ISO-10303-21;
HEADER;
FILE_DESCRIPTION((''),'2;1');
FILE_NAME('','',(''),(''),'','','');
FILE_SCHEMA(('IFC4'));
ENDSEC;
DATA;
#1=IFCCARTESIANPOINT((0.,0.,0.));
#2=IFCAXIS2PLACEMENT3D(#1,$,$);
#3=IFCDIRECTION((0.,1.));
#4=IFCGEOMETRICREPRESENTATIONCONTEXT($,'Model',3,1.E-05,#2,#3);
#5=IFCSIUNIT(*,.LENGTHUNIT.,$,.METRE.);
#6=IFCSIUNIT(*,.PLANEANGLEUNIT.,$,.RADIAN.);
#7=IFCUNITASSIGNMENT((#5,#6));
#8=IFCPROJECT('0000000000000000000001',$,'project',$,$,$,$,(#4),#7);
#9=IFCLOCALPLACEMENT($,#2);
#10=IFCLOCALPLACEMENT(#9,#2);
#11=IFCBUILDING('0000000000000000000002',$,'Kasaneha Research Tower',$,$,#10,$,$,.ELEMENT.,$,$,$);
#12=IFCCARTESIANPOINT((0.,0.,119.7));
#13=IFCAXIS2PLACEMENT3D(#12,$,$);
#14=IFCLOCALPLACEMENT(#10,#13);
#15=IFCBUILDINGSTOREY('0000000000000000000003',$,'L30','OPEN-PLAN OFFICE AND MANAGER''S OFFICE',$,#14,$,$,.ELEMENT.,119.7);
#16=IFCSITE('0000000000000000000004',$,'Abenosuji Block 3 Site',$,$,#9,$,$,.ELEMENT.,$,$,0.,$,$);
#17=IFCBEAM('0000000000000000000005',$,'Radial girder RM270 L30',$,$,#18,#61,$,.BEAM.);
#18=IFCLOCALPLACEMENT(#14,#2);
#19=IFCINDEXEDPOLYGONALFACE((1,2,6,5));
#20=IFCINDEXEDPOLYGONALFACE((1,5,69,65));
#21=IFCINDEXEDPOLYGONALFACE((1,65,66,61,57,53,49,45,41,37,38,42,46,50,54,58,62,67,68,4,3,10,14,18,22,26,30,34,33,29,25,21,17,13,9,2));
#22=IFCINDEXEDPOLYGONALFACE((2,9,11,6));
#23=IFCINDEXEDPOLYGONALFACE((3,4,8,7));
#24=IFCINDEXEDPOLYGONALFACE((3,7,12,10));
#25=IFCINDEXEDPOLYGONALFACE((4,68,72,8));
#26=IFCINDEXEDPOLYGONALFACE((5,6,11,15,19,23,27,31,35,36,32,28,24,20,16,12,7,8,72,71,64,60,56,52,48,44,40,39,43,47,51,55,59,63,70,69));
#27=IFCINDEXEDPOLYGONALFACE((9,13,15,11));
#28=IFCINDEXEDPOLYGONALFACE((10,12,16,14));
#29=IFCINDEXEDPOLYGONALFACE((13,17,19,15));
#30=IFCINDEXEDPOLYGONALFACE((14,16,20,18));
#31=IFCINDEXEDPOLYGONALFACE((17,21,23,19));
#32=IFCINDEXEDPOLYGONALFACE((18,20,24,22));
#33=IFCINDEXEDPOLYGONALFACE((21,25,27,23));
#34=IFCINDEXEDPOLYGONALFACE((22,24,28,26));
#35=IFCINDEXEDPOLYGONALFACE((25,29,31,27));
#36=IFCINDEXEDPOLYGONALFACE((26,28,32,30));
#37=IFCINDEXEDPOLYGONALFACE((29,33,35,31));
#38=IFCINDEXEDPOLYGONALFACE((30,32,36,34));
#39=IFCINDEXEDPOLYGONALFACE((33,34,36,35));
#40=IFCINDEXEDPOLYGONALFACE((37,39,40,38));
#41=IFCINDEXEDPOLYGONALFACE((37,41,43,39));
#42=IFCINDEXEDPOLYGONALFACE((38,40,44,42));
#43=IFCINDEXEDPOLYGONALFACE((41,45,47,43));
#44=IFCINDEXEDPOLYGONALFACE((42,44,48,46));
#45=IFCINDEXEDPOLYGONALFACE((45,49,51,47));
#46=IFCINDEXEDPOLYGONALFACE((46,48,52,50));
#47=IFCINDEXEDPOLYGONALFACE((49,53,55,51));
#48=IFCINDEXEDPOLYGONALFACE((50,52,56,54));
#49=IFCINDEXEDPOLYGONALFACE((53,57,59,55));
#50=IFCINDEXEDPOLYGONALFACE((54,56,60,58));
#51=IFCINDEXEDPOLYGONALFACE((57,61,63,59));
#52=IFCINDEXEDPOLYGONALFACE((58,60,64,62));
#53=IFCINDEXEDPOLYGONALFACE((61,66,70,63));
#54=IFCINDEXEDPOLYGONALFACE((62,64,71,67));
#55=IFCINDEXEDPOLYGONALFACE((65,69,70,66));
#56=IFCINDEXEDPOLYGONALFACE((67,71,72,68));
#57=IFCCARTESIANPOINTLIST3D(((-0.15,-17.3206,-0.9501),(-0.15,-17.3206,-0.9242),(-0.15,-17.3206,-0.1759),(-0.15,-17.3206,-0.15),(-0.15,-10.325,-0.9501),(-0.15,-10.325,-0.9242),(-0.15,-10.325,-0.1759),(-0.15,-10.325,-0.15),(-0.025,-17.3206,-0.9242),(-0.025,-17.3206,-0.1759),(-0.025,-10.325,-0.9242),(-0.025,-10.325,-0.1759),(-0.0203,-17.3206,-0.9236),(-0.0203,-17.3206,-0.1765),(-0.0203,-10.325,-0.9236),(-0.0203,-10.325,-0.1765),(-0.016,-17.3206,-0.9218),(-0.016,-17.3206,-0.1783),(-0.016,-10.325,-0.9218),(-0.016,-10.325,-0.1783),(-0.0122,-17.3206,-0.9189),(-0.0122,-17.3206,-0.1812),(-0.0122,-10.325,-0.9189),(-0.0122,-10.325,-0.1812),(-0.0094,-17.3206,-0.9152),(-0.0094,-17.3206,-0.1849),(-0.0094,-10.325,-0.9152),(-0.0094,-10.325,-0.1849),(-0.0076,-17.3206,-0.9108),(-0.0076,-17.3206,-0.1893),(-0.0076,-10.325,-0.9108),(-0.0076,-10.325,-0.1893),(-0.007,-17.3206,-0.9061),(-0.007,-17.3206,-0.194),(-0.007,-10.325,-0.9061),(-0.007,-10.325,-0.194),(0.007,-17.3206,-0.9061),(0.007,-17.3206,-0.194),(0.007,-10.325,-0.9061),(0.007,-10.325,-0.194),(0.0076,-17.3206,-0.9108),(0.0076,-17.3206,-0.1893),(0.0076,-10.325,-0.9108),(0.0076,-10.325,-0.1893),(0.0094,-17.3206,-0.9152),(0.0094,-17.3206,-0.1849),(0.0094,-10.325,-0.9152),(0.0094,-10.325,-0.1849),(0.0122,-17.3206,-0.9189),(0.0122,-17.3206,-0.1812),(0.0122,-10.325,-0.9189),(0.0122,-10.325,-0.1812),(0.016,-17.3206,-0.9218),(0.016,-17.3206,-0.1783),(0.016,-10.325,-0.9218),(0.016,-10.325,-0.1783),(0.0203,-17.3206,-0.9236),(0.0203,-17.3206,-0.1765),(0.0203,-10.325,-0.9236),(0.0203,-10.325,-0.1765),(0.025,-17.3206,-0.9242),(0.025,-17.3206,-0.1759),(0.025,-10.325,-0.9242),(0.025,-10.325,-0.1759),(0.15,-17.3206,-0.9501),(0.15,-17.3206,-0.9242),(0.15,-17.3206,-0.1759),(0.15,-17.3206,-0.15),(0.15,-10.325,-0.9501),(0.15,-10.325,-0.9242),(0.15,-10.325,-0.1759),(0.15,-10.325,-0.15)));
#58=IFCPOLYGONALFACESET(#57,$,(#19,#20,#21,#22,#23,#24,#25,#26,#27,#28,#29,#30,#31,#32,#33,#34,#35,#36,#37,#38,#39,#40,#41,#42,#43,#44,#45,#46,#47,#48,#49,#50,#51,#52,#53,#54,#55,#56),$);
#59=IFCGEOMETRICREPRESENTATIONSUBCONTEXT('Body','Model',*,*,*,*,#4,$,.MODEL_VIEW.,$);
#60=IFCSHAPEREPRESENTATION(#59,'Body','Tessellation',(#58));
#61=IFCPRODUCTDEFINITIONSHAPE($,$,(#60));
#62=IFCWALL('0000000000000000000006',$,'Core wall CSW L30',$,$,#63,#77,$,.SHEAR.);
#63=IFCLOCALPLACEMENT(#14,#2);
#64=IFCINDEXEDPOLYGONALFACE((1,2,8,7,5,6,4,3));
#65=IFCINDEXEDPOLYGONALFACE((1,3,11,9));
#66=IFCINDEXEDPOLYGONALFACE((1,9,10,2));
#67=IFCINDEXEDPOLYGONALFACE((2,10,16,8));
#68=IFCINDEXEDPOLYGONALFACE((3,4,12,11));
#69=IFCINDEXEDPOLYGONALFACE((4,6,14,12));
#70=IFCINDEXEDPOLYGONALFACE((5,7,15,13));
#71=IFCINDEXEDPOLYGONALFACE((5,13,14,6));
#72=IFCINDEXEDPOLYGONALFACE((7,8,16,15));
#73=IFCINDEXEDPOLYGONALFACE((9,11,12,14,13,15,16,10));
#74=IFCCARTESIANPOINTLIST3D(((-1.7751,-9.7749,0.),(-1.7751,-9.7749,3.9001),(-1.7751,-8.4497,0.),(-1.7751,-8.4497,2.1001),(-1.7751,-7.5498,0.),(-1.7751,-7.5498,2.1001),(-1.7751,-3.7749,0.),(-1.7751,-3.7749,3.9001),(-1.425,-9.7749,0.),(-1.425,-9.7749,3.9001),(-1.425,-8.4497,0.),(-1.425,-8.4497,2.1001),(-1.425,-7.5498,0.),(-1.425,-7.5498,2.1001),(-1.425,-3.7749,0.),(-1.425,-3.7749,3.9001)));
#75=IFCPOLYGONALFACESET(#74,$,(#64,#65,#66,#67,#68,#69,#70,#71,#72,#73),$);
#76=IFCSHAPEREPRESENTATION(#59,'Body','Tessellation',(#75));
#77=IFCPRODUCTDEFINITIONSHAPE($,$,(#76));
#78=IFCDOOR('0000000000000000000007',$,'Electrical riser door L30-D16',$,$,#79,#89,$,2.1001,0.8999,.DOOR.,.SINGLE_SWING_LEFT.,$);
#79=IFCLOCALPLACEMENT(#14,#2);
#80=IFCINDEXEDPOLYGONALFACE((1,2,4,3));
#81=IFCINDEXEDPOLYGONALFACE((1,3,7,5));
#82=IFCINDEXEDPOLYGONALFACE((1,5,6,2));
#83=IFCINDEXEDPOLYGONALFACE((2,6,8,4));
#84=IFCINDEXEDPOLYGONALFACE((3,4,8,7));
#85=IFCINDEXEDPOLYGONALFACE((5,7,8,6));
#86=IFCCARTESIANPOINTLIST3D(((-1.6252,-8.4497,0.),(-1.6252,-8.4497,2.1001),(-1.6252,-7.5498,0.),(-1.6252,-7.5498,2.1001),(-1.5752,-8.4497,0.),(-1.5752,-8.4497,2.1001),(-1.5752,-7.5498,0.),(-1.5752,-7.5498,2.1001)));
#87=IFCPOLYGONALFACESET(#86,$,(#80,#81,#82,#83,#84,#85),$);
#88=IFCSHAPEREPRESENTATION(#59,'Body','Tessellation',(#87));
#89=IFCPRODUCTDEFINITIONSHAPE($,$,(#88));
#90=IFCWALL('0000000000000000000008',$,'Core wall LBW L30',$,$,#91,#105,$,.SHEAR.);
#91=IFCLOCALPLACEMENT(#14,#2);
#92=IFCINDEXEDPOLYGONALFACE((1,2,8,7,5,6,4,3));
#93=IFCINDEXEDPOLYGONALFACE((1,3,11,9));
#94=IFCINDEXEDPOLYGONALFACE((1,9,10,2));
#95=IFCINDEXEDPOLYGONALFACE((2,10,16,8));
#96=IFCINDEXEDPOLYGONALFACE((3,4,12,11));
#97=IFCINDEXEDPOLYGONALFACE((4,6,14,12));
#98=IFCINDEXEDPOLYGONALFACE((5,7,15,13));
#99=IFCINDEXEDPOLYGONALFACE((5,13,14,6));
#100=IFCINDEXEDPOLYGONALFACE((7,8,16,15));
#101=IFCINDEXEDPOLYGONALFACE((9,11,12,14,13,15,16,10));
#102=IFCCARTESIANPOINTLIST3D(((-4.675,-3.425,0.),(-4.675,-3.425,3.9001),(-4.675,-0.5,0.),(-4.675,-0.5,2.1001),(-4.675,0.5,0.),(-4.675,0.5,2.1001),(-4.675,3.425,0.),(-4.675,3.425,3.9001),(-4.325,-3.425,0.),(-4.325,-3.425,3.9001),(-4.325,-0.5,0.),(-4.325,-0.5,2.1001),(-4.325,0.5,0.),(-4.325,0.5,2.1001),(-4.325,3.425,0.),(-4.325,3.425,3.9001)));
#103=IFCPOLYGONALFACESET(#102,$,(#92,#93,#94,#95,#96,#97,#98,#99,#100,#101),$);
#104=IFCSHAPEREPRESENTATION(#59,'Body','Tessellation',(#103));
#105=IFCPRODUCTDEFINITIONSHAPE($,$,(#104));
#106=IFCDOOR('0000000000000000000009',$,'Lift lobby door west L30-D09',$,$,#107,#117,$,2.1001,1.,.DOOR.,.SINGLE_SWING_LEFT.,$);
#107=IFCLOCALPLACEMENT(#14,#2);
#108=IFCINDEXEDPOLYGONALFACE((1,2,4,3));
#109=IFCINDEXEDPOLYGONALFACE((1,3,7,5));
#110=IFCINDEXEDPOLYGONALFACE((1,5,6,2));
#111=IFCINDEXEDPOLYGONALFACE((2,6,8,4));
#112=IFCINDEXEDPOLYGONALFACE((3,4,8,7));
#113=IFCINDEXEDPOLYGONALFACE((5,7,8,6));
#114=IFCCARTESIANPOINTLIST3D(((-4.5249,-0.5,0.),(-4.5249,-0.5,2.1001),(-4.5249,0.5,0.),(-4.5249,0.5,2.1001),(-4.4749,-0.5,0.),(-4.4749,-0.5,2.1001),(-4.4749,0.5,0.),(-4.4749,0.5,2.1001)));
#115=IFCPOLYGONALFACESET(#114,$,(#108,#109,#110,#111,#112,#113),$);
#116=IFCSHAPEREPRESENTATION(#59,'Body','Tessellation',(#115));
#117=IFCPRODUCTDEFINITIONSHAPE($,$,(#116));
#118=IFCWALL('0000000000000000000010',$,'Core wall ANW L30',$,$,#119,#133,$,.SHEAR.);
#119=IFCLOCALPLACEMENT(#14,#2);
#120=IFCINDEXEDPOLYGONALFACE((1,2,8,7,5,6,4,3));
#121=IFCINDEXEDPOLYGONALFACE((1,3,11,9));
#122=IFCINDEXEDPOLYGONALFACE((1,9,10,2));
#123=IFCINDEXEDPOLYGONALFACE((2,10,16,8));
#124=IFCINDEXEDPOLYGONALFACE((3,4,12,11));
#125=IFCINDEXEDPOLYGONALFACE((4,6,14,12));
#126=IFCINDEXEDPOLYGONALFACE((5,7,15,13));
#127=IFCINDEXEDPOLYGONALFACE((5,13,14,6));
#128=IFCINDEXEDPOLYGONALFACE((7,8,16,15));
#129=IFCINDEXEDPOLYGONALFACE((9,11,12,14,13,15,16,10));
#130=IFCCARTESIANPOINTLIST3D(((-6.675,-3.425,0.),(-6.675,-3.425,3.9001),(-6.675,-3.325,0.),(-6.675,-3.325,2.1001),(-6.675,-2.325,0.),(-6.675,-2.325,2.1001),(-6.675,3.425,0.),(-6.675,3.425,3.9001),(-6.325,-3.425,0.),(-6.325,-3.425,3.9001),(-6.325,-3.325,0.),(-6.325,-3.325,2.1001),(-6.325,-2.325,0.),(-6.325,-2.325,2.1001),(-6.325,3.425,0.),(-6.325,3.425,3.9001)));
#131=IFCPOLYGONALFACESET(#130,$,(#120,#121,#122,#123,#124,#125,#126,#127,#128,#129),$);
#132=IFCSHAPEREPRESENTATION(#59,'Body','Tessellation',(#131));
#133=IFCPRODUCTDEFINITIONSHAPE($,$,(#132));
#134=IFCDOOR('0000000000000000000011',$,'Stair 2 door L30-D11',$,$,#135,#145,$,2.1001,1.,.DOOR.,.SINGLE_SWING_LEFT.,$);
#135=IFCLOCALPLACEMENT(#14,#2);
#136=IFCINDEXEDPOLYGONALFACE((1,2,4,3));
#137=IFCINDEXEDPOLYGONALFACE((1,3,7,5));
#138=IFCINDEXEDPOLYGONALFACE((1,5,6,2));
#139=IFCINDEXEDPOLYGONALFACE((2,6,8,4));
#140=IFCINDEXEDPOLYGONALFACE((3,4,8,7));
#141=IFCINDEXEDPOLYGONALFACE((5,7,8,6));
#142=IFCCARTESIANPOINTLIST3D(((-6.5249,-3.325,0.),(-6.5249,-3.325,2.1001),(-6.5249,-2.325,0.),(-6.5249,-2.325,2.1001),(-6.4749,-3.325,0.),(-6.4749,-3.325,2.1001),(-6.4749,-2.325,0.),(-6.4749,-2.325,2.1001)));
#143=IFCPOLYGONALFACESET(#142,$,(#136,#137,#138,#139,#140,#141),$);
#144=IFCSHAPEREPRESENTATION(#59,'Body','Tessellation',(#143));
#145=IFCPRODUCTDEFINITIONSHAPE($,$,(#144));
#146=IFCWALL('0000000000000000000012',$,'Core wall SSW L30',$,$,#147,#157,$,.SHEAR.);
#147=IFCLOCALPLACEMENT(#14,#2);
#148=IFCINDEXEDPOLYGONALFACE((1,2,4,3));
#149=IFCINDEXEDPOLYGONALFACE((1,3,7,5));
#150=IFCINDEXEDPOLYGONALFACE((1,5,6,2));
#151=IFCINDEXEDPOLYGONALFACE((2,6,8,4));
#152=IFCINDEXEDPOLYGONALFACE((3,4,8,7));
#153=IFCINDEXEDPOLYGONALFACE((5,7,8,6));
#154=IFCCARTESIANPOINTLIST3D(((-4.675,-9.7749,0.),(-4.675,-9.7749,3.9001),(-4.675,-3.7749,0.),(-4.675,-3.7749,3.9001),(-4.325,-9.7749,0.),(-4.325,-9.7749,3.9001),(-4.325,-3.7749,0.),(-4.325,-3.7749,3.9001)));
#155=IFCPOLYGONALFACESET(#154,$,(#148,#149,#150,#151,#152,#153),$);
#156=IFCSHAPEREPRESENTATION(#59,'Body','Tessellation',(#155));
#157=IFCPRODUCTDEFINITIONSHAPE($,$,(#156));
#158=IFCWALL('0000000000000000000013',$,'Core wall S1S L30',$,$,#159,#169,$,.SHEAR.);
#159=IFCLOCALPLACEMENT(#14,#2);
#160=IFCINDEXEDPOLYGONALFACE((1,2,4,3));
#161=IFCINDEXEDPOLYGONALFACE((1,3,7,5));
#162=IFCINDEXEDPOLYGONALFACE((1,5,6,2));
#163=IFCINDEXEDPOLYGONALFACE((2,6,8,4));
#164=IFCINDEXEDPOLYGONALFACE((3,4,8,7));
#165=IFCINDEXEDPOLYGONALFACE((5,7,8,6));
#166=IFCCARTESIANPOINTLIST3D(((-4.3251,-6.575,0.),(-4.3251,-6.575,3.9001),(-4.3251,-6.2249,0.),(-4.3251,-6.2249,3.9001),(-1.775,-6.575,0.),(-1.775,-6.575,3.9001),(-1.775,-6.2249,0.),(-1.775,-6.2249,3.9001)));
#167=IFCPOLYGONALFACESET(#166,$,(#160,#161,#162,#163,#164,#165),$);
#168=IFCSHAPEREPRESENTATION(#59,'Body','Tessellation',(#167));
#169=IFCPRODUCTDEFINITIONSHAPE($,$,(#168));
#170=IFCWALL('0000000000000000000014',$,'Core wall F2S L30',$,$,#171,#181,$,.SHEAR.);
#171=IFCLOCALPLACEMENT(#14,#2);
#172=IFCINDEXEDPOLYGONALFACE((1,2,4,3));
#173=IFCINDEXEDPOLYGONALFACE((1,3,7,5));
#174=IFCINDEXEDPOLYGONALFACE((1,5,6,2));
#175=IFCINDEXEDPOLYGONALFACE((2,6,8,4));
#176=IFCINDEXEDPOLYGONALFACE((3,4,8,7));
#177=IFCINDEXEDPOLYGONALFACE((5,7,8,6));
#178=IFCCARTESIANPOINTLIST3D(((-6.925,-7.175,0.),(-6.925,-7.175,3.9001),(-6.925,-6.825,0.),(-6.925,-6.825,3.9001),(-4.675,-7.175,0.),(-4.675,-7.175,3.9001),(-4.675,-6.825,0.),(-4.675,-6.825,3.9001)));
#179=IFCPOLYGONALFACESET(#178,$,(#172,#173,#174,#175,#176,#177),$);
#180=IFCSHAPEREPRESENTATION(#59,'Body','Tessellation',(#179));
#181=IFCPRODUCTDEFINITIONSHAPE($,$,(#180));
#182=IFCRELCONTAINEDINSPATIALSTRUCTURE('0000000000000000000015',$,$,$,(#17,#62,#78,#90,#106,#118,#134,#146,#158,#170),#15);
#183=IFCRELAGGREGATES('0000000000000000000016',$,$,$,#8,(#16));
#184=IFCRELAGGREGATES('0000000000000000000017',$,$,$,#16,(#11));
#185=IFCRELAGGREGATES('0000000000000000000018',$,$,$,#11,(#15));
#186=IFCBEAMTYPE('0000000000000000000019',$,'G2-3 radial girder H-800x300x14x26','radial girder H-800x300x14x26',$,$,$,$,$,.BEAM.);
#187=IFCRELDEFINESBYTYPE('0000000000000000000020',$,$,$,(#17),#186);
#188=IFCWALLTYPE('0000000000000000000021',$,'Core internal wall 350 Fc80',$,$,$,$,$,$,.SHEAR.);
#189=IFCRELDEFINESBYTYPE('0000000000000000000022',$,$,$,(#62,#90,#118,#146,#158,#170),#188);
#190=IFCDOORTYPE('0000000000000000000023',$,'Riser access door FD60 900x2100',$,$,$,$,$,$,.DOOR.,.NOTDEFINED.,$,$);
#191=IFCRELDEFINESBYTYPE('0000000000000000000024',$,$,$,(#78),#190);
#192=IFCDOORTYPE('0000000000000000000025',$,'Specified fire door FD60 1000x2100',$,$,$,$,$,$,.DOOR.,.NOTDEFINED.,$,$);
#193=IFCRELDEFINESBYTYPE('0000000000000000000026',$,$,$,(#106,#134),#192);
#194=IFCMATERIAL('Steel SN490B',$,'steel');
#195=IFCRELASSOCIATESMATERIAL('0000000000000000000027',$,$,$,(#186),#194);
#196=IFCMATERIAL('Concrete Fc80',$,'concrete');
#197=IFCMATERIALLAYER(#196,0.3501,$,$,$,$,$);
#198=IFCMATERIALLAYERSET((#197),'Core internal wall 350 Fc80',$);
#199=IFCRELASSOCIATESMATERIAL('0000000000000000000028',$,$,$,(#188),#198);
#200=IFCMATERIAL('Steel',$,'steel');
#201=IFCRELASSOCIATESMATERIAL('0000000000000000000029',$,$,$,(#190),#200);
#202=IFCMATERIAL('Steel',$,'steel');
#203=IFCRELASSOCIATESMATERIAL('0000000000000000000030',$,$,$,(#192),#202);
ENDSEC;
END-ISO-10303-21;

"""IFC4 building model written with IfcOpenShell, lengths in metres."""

from ifc_helpers import new_model, si_unit, direction, frame, frame_2d, origin, origin_2d, place, context, subcontext, project, spatial, rectangle, i_section, extrude, material, layer, layer_set, material_profile, profile_set, type_object, element, fill, save


model = new_model("IFC4")

# Units and contexts
model_context = context("Model", 3, precision=1e-05, world=origin(), true_north=direction((0.0, 1.0)))
body_context = subcontext(model_context, "Body", "Model", "MODEL_VIEW")
ifc_project = project(units=[si_unit("LENGTHUNIT", "METRE"), si_unit("PLANEANGLEUNIT", "RADIAN")], contexts=[model_context])

# Site, building, storey
site_placement = place(None, origin())
site = spatial("IfcSite", under=ifc_project, at=site_placement, Name="Abenosuji Block 3 Site", CompositionType="ELEMENT", RefElevation=0.0)
building_placement = place(site_placement, origin())
building = spatial("IfcBuilding", under=site, at=building_placement, Name="Kasaneha Research Tower", CompositionType="ELEMENT")
storey_placement = place(building_placement, frame((0.0, 0.0, 119.7)))
storey = spatial("IfcBuildingStorey", under=building, at=storey_placement, Name="L30", Description="OPEN-PLAN OFFICE AND MANAGER'S OFFICE", CompositionType="ELEMENT", Elevation=119.7)

# Beam
ifc_material_1 = material(Name="Steel SN490B", Category="steel")
ifc_material_profile_1 = material_profile(ifc_material_1, i_section(OverallWidth=0.3, OverallDepth=0.8, WebThickness=0.0139, FlangeThickness=0.0259, FilletRadius=0.0181, at=origin_2d()), Name="H-800x300x14x26")
ifc_profile_set_1 = profile_set([ifc_material_profile_1], Name="Steel SN490B")
beam_type_1 = type_object("IfcBeamType", Name="G2-3 radial girder H-800x300x14x26", Description="radial girder H-800x300x14x26", PredefinedType="BEAM", material=ifc_profile_set_1)
beam_1_placement = place(storey_placement, frame((0.0, -10.325, -0.55), z_axis=(0.0, -1.0, 0.0), x_axis=(1.0, 0.0, 0.0)))
element("IfcBeam", 1, at=beam_1_placement, inside=storey, type_object=beam_type_1, Name="Radial girder RM270 L30", PredefinedType="BEAM", context=body_context, shape_type="SweptSolid", body=[
    extrude(i_section(OverallWidth=0.3, OverallDepth=0.8, WebThickness=0.0139, FlangeThickness=0.0259, FilletRadius=0.0181, at=origin_2d()), origin(), (0.0, 0.0, 1.0), 6.9956),
])

# Walls, openings, doors
ifc_material_2 = material(Name="Concrete Fc80", Category="concrete")
ifc_layer_1 = layer(ifc_material_2, 0.3501)
ifc_layer_set_1 = layer_set([ifc_layer_1], Name="Core internal wall 350 Fc80")
wall_type_1 = type_object("IfcWallType", Name="Core internal wall 350 Fc80", PredefinedType="SHEAR", material=ifc_layer_set_1)
wall_1_placement = place(storey_placement, frame((-1.6001, -3.7749, 0.0), z_axis=(0.0, 0.0, 1.0), x_axis=(0.0, -1.0, 0.0)))
wall_1 = element("IfcWall", 2, at=wall_1_placement, inside=storey, type_object=wall_type_1, Name="Core wall CSW L30", PredefinedType="SHEAR", context=body_context, shape_type="SweptSolid", body=[
    extrude(rectangle(XDim=6.0, YDim=0.3501, at=frame_2d((3.0, 0.0))), origin(), (0.0, 0.0, 1.0), 3.9001),
])
opening_1_placement = place(wall_1_placement, frame((3.7749, 0.0, 0.0)))
opening_1 = element("IfcOpeningElement", 3, at=opening_1_placement, cuts=wall_1, PredefinedType="OPENING", context=body_context, shape_type="SweptSolid", body=[
    extrude(rectangle(XDim=0.8999, YDim=2.1001, at=frame_2d((0.45, 1.05))), frame((0.0, 0.1851, 0.0), z_axis=(0.0, -1.0, 0.0), x_axis=(1.0, 0.0, 0.0)), (0.0, 0.0, 1.0), 0.3701),
])
ifc_material_3 = material(Name="Steel", Category="steel")
door_type_1 = type_object("IfcDoorType", Name="Riser access door FD60 900x2100", OperationType="NOTDEFINED", PredefinedType="DOOR", material=ifc_material_3)
door_1_placement = place(opening_1_placement, origin())
door_1 = element("IfcDoor", 4, at=door_1_placement, inside=storey, type_object=door_type_1, Name="Electrical riser door L30-D16", OperationType="SINGLE_SWING_LEFT", OverallHeight=2.1001, OverallWidth=0.8999, PredefinedType="DOOR", context=body_context, shape_type="SweptSolid", body=[
    extrude(rectangle(XDim=0.8999, YDim=2.1001, at=frame_2d((0.45, 1.05))), frame((0.0, 0.0249, 0.0), z_axis=(0.0, -1.0, 0.0), x_axis=(1.0, 0.0, 0.0)), (0.0, 0.0, 1.0), 0.05),
])
fill(opening_1, door_1)
wall_2_placement = place(storey_placement, frame((-4.5, -3.425, 0.0), z_axis=(0.0, 0.0, 1.0), x_axis=(0.0, 1.0, 0.0)))
wall_2 = element("IfcWall", 5, at=wall_2_placement, inside=storey, type_object=wall_type_1, Name="Core wall LBW L30", PredefinedType="SHEAR", context=body_context, shape_type="SweptSolid", body=[
    extrude(rectangle(XDim=6.8501, YDim=0.3501, at=frame_2d((3.425, 0.0))), origin(), (0.0, 0.0, 1.0), 3.9001),
])
opening_2_placement = place(wall_2_placement, frame((2.925, 0.0, 0.0)))
opening_2 = element("IfcOpeningElement", 6, at=opening_2_placement, cuts=wall_2, PredefinedType="OPENING", context=body_context, shape_type="SweptSolid", body=[
    extrude(rectangle(XDim=1.0, YDim=2.1001, at=frame_2d((0.5, 1.05))), frame((0.0, 0.1851, 0.0), z_axis=(0.0, -1.0, 0.0), x_axis=(1.0, 0.0, 0.0)), (0.0, 0.0, 1.0), 0.3701),
])
ifc_material_4 = material(Name="Steel", Category="steel")
door_type_2 = type_object("IfcDoorType", Name="Specified fire door FD60 1000x2100", OperationType="NOTDEFINED", PredefinedType="DOOR", material=ifc_material_4)
door_2_placement = place(opening_2_placement, origin())
door_2 = element("IfcDoor", 7, at=door_2_placement, inside=storey, type_object=door_type_2, Name="Lift lobby door west L30-D09", OperationType="SINGLE_SWING_LEFT", OverallHeight=2.1001, OverallWidth=1.0, PredefinedType="DOOR", context=body_context, shape_type="SweptSolid", body=[
    extrude(rectangle(XDim=1.0, YDim=2.1001, at=frame_2d((0.5, 1.05))), frame((0.0, 0.0249, 0.0), z_axis=(0.0, -1.0, 0.0), x_axis=(1.0, 0.0, 0.0)), (0.0, 0.0, 1.0), 0.05),
])
fill(opening_2, door_2)
wall_3_placement = place(storey_placement, frame((-6.5, -3.425, 0.0), z_axis=(0.0, 0.0, 1.0), x_axis=(0.0, 1.0, 0.0)))
wall_3 = element("IfcWall", 8, at=wall_3_placement, inside=storey, type_object=wall_type_1, Name="Core wall ANW L30", PredefinedType="SHEAR", context=body_context, shape_type="SweptSolid", body=[
    extrude(rectangle(XDim=6.8501, YDim=0.3501, at=frame_2d((3.425, 0.0))), origin(), (0.0, 0.0, 1.0), 3.9001),
])
opening_3_placement = place(wall_3_placement, frame((0.1001, 0.0, 0.0)))
opening_3 = element("IfcOpeningElement", 9, at=opening_3_placement, cuts=wall_3, PredefinedType="OPENING", context=body_context, shape_type="SweptSolid", body=[
    extrude(rectangle(XDim=1.0, YDim=2.1001, at=frame_2d((0.5, 1.05))), frame((0.0, 0.1851, 0.0), z_axis=(0.0, -1.0, 0.0), x_axis=(1.0, 0.0, 0.0)), (0.0, 0.0, 1.0), 0.3701),
])
door_3_placement = place(opening_3_placement, origin())
door_3 = element("IfcDoor", 10, at=door_3_placement, inside=storey, type_object=door_type_2, Name="Stair 2 door L30-D11", OperationType="SINGLE_SWING_LEFT", OverallHeight=2.1001, OverallWidth=1.0, PredefinedType="DOOR", context=body_context, shape_type="SweptSolid", body=[
    extrude(rectangle(XDim=1.0, YDim=2.1001, at=frame_2d((0.5, 1.05))), frame((0.0, 0.0249, 0.0), z_axis=(0.0, -1.0, 0.0), x_axis=(1.0, 0.0, 0.0)), (0.0, 0.0, 1.0), 0.05),
])
fill(opening_3, door_3)

# Walls
wall_4_placement = place(storey_placement, frame((-4.5, -3.7749, 0.0), z_axis=(0.0, 0.0, 1.0), x_axis=(0.0, -1.0, 0.0)))
element("IfcWall", 11, at=wall_4_placement, inside=storey, type_object=wall_type_1, Name="Core wall SSW L30", PredefinedType="SHEAR", context=body_context, shape_type="SweptSolid", body=[
    extrude(rectangle(XDim=6.0, YDim=0.3501, at=frame_2d((3.0, 0.0))), origin(), (0.0, 0.0, 1.0), 3.9001),
])
wall_5_placement = place(storey_placement, frame((-4.325, -6.3999, 0.0), z_axis=(0.0, 0.0, 1.0), x_axis=(1.0, 0.0, 0.0)))
element("IfcWall", 12, at=wall_5_placement, inside=storey, type_object=wall_type_1, Name="Core wall S1S L30", PredefinedType="SHEAR", context=body_context, shape_type="SweptSolid", body=[
    extrude(rectangle(XDim=2.55, YDim=0.3501, at=frame_2d((1.2749, 0.0))), origin(), (0.0, 0.0, 1.0), 3.9001),
])
wall_6_placement = place(storey_placement, frame((-6.925, -7.0, 0.0), z_axis=(0.0, 0.0, 1.0), x_axis=(1.0, 0.0, 0.0)))
element("IfcWall", 13, at=wall_6_placement, inside=storey, type_object=wall_type_1, Name="Core wall F2S L30", PredefinedType="SHEAR", context=body_context, shape_type="SweptSolid", body=[
    extrude(rectangle(XDim=2.25, YDim=0.3501, at=frame_2d((1.125, 0.0))), origin(), (0.0, 0.0, 1.0), 3.9001),
])

save(model, "model.ifc")
